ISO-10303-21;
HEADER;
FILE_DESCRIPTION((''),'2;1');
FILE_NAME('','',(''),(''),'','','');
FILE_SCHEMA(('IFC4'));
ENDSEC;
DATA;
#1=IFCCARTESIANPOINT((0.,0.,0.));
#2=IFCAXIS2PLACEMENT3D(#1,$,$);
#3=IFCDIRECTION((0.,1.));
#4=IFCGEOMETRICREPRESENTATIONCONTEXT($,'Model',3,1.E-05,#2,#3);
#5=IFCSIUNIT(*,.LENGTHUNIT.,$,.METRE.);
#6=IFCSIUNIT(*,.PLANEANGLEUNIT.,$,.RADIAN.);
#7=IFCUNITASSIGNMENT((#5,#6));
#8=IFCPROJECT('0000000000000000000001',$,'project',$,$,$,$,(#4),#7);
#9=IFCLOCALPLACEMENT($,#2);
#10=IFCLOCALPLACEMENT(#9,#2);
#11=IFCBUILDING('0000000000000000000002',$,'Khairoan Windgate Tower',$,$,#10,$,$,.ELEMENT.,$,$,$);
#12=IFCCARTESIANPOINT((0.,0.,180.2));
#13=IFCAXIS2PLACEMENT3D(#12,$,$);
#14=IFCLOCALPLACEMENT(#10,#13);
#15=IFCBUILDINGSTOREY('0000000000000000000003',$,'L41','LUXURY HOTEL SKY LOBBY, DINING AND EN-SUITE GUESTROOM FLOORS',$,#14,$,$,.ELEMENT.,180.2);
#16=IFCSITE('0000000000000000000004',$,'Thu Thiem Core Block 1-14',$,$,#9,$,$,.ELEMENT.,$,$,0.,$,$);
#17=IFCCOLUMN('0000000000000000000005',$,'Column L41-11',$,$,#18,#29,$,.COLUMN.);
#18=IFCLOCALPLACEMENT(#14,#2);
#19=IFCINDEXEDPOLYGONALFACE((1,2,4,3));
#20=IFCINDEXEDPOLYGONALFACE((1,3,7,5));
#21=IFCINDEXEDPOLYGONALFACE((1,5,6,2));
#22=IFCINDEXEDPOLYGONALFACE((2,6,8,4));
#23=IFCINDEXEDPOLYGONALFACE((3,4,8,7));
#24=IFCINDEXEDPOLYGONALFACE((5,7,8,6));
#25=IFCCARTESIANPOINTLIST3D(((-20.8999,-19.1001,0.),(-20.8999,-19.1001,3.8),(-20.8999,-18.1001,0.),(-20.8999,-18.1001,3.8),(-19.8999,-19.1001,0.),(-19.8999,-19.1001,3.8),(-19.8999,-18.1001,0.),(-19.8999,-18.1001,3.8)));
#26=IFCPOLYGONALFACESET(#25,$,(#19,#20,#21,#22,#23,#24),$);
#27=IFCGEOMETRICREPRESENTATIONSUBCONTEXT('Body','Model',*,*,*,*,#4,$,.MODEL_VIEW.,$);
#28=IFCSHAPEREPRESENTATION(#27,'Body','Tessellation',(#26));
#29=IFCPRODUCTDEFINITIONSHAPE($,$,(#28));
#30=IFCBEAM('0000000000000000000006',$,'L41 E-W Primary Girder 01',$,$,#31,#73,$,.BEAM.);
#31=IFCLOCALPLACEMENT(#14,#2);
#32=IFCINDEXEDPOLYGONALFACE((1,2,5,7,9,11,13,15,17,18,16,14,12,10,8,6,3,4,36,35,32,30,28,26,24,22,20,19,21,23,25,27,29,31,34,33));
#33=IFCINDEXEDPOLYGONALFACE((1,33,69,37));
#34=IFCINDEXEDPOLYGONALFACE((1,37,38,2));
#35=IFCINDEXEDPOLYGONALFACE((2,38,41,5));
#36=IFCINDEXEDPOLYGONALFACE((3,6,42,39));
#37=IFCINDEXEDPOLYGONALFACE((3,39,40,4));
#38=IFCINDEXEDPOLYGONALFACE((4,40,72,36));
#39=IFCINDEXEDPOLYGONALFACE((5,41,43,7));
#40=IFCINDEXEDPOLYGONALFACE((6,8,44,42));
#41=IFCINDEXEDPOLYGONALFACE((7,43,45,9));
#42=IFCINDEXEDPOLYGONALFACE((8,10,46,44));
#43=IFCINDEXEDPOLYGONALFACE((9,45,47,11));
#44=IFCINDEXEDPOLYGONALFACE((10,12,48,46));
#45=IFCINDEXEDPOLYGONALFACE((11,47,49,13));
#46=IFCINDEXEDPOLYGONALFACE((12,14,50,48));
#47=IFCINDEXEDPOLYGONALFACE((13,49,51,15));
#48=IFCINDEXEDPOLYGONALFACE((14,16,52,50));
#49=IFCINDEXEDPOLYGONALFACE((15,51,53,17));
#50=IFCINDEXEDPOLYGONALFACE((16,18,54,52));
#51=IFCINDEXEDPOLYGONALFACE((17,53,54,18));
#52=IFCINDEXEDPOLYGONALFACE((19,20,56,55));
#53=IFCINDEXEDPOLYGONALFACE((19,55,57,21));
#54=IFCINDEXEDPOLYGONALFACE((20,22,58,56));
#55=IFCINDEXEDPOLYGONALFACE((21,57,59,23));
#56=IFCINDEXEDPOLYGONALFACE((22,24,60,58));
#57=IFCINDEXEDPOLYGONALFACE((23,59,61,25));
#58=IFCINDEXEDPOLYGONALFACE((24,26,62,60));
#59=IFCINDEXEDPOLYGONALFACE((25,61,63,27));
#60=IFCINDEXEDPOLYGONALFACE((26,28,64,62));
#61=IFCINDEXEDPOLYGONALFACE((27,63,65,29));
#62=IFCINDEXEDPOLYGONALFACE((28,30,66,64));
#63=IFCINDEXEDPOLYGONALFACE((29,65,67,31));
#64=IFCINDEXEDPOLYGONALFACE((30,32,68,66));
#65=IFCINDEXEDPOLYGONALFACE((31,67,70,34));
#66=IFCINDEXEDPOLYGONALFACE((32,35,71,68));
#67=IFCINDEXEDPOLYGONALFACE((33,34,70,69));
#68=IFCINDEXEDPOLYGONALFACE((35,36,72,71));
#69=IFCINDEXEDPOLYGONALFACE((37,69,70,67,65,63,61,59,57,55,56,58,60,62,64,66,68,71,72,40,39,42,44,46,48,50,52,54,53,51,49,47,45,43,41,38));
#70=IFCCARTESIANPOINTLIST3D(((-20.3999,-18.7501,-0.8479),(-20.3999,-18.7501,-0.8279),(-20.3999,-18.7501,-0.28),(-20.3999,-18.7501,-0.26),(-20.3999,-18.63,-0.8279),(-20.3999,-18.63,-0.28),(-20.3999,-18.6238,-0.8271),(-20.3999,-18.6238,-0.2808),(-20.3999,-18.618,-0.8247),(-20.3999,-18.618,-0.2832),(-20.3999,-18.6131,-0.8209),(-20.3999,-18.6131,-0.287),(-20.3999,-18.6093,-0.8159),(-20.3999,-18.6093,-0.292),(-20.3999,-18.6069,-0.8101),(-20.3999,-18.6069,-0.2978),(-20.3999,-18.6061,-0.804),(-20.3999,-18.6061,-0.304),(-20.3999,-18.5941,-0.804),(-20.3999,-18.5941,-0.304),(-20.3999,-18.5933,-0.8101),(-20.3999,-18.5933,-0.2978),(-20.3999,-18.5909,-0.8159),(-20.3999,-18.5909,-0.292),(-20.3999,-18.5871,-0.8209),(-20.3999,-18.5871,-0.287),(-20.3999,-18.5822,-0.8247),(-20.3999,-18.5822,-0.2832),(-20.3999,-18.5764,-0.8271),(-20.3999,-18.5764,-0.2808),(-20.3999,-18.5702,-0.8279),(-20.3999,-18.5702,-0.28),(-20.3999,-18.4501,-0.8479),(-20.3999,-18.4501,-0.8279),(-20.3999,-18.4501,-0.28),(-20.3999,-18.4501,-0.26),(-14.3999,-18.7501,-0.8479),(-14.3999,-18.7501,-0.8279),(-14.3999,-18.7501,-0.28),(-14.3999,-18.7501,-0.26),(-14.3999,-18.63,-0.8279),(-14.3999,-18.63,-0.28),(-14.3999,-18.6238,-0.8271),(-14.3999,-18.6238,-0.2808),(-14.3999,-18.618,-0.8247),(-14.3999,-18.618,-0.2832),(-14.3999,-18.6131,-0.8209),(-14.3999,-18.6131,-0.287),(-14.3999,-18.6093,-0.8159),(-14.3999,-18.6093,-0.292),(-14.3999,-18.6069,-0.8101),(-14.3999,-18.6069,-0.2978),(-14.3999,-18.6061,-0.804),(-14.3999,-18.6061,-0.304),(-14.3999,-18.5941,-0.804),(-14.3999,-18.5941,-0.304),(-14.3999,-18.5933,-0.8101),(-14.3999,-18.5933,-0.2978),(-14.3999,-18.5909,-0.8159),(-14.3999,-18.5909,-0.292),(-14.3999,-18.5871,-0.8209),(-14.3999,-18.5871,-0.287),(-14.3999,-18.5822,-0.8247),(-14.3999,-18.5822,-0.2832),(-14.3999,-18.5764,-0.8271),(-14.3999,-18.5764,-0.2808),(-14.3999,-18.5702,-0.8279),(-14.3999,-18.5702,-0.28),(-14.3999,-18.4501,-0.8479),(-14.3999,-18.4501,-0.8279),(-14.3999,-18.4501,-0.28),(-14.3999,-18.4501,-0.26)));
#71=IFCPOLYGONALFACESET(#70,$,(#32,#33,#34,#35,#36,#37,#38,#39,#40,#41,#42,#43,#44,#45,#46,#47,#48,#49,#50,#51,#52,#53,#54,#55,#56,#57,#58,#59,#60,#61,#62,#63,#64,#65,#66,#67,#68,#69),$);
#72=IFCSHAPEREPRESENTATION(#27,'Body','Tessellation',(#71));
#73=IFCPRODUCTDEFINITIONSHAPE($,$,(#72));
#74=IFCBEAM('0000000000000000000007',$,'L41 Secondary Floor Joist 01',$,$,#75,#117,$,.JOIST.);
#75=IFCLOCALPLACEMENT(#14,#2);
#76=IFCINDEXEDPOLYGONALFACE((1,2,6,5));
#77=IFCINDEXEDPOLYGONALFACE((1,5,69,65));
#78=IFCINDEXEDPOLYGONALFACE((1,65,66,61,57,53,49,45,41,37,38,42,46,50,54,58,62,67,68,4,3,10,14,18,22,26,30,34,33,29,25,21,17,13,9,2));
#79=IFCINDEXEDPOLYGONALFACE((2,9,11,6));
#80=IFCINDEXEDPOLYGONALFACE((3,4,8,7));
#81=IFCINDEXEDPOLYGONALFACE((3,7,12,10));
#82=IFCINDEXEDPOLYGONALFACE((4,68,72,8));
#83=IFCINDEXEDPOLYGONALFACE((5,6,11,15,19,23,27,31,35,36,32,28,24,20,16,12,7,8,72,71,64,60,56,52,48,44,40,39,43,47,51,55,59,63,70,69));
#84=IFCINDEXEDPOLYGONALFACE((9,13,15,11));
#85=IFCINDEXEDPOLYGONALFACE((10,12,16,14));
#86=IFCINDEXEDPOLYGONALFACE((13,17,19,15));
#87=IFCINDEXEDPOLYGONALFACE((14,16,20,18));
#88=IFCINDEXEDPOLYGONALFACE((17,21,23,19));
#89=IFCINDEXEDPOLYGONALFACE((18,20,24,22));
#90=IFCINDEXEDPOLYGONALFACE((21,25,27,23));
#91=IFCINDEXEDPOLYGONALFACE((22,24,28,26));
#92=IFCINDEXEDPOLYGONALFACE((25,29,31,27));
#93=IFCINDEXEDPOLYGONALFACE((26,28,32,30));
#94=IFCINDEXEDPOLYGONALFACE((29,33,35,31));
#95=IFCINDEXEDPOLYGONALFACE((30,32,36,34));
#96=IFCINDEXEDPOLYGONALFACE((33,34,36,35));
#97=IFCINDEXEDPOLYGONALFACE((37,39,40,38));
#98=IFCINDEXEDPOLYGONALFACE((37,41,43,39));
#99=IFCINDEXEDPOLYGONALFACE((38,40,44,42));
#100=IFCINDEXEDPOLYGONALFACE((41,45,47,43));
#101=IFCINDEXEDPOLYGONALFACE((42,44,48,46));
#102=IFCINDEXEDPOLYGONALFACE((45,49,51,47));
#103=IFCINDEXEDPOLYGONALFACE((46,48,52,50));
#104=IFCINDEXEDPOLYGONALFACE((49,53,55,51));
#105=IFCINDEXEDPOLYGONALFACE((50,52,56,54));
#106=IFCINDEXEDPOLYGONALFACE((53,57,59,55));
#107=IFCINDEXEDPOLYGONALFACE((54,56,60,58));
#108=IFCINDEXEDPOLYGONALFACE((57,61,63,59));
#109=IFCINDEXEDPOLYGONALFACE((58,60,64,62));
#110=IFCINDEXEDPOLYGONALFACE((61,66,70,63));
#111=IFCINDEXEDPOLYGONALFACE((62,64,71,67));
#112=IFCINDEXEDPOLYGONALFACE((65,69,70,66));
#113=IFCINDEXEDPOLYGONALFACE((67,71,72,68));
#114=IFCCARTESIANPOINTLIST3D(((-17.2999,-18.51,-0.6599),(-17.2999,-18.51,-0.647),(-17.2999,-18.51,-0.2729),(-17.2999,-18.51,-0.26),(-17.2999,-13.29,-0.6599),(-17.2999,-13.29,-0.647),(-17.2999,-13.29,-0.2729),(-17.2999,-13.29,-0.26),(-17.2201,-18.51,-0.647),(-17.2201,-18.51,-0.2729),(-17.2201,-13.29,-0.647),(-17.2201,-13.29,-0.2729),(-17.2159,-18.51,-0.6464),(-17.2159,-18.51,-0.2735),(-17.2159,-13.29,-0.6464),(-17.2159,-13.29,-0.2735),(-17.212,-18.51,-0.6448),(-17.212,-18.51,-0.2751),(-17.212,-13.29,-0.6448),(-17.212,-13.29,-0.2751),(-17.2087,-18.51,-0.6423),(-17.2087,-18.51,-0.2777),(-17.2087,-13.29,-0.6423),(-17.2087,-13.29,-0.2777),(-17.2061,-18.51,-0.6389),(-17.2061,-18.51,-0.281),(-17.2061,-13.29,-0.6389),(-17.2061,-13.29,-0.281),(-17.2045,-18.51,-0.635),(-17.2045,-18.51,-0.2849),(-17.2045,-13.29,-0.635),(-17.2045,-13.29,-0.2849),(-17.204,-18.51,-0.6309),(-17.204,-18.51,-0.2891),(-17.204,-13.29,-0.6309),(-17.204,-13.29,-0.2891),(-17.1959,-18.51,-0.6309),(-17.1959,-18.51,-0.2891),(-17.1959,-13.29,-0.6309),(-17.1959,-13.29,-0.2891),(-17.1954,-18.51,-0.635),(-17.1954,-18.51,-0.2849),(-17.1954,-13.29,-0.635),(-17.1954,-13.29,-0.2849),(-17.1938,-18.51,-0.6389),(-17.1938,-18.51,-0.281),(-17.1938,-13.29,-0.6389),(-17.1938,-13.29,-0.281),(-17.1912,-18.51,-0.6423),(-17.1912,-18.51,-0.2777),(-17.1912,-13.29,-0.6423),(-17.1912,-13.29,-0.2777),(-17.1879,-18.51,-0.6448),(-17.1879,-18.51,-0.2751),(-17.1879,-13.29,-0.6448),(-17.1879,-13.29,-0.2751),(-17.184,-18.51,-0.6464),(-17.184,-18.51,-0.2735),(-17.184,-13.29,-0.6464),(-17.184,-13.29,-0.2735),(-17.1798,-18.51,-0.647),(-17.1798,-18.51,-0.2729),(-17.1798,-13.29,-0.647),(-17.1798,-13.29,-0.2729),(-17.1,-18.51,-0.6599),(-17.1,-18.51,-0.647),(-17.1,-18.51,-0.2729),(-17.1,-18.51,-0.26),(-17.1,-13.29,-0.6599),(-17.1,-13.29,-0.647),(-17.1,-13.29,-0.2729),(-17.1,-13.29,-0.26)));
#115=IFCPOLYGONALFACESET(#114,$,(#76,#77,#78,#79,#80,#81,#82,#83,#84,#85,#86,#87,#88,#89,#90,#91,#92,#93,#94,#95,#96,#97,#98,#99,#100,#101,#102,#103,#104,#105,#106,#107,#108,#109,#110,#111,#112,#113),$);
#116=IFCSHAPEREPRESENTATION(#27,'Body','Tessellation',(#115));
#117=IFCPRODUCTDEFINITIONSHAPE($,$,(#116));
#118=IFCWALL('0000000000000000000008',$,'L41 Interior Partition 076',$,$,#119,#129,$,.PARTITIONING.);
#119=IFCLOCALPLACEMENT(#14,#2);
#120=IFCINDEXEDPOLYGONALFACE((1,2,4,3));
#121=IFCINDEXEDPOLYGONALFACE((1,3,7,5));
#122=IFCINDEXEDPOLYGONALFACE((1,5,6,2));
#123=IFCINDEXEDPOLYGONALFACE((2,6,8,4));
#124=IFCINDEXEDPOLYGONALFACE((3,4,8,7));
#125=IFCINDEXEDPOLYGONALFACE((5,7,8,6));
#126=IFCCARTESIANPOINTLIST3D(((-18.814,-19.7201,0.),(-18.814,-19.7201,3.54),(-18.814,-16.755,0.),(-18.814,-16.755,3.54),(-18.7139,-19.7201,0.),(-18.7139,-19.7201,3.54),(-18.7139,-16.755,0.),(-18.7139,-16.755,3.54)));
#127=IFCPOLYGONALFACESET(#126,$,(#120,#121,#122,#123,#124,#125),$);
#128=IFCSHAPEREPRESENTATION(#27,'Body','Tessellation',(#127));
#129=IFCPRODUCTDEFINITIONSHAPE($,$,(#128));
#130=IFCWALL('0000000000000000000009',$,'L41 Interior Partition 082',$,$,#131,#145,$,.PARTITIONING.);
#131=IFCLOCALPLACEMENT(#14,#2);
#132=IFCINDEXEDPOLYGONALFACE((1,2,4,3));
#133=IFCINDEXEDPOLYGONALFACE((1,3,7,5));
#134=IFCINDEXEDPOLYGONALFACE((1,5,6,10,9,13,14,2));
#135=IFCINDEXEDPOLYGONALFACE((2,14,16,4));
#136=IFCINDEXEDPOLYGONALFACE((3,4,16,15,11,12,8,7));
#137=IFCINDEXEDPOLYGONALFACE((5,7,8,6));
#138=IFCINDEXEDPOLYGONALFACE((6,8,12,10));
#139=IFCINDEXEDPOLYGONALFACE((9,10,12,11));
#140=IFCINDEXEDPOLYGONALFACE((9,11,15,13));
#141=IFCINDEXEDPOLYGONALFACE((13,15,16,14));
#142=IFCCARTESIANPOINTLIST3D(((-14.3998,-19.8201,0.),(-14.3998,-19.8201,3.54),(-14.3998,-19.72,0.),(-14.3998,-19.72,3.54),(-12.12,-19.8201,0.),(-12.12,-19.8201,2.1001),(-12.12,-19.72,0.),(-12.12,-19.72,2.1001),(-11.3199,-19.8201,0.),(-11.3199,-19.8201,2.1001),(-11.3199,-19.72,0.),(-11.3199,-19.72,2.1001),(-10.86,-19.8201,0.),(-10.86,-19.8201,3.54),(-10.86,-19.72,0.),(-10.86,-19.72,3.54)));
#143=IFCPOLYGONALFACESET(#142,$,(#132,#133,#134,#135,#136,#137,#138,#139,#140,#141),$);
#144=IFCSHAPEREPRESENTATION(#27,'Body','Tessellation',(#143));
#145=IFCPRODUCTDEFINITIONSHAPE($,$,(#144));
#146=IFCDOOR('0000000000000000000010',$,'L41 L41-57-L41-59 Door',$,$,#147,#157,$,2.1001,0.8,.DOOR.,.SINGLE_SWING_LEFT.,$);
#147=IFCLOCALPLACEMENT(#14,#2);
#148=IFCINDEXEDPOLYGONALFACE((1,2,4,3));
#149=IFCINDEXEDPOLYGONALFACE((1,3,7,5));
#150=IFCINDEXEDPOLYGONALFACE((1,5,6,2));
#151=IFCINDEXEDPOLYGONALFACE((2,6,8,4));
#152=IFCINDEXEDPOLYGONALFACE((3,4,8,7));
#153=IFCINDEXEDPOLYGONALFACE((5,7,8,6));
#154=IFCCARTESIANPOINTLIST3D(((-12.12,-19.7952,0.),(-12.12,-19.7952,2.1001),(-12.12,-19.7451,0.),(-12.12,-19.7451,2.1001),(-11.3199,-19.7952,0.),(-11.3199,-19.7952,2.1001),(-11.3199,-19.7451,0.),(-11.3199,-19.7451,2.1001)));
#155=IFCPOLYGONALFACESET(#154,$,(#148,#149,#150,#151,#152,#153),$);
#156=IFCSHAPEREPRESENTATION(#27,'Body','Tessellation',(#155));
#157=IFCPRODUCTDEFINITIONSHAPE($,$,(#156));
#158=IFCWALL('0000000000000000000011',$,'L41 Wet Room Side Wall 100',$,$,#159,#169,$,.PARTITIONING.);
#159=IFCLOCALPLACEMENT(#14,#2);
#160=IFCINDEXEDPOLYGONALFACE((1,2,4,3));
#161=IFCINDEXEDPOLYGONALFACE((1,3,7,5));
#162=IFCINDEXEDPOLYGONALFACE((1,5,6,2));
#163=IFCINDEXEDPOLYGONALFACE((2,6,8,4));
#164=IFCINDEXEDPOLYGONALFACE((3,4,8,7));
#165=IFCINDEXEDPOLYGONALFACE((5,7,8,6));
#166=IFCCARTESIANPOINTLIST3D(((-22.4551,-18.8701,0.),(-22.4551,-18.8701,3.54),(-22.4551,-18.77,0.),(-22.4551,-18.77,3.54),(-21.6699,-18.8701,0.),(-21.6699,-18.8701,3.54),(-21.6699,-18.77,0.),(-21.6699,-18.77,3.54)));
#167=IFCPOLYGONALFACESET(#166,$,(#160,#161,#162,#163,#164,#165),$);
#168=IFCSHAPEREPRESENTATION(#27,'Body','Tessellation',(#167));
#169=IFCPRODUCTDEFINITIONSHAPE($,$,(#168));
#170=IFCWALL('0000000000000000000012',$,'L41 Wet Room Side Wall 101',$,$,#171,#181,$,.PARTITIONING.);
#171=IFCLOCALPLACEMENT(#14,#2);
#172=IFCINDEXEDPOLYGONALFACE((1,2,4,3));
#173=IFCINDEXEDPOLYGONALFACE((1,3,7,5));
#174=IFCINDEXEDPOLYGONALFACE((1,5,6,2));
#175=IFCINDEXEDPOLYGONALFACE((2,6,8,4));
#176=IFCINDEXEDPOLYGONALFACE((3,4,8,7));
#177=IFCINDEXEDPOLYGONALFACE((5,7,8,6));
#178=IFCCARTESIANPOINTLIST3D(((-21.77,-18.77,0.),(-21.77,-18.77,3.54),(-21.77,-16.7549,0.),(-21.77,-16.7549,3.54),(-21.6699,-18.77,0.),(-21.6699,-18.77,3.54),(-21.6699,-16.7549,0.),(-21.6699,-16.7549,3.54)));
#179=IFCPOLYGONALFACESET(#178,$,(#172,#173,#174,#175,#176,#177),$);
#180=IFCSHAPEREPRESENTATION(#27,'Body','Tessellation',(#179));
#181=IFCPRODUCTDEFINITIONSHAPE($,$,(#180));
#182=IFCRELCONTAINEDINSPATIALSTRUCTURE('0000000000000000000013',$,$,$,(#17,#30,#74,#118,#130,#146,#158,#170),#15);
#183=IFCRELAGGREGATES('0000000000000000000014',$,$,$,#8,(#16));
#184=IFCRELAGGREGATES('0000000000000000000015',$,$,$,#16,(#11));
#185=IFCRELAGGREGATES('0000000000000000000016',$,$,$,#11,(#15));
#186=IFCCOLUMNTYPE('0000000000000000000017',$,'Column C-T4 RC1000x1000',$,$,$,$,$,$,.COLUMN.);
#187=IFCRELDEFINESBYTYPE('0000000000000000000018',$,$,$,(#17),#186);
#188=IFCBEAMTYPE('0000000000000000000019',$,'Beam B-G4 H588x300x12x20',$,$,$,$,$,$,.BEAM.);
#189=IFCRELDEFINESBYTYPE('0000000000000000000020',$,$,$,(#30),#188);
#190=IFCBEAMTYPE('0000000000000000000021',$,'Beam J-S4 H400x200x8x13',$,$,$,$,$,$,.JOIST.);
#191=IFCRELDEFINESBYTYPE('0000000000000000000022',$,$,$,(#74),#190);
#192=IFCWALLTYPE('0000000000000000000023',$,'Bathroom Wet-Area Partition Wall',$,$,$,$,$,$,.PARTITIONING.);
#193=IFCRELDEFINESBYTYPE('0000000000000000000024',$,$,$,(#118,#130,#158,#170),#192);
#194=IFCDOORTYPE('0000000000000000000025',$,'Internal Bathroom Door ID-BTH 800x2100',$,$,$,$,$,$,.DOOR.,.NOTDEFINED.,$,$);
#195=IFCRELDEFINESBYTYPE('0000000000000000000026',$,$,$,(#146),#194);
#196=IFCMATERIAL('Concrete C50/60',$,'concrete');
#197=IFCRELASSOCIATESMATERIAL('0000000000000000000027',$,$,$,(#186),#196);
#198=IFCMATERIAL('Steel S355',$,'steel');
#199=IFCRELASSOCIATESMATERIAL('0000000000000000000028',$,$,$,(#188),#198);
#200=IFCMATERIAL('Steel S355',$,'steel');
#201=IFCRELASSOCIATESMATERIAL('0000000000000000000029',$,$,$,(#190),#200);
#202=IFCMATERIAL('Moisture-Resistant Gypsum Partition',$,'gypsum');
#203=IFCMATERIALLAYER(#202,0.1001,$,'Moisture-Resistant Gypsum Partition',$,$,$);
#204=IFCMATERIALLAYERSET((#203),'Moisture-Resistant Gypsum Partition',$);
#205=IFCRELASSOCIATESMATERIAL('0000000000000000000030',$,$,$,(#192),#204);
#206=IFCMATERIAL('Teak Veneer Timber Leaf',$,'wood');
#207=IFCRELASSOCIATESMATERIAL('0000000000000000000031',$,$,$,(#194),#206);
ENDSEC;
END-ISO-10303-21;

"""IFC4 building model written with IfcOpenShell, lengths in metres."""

from ifc_helpers import new_model, si_unit, direction, frame, frame_2d, origin, origin_2d, place, context, subcontext, project, spatial, rectangle, i_section, extrude, material, layer, layer_set, material_profile, profile_set, type_object, element, fill, save


model = new_model("IFC4")

# Units and contexts
model_context = context("Model", 3, precision=1e-05, world=origin(), true_north=direction((0.0, 1.0)))
body_context = subcontext(model_context, "Body", "Model", "MODEL_VIEW")
ifc_project = project(units=[si_unit("LENGTHUNIT", "METRE"), si_unit("PLANEANGLEUNIT", "RADIAN")], contexts=[model_context])

# Site, building, storey
site_placement = place(None, origin())
site = spatial("IfcSite", under=ifc_project, at=site_placement, Name="Thu Thiem Core Block 1-14", CompositionType="ELEMENT", RefElevation=0.0)
building_placement = place(site_placement, origin())
building = spatial("IfcBuilding", under=site, at=building_placement, Name="Khairoan Windgate Tower", CompositionType="ELEMENT")
storey_placement = place(building_placement, frame((0.0, 0.0, 180.2)))
storey = spatial("IfcBuildingStorey", under=building, at=storey_placement, Name="L41", Description="LUXURY HOTEL SKY LOBBY, DINING AND EN-SUITE GUESTROOM FLOORS", CompositionType="ELEMENT", Elevation=180.2)

# Column
ifc_material_1 = material(Name="Concrete C50/60", Category="concrete")
ifc_material_profile_1 = material_profile(ifc_material_1, rectangle(XDim=1.0, YDim=1.0, at=origin_2d()))
ifc_profile_set_1 = profile_set([ifc_material_profile_1], Name="Concrete C50/60")
column_type = type_object("IfcColumnType", Name="Column C-T4 RC1000x1000", PredefinedType="COLUMN", material=ifc_profile_set_1)
column_placement = place(storey_placement, frame((-20.3999, -18.6001, 0.0), z_axis=(0.0, 0.0, 1.0), x_axis=(1.0, 0.0, 0.0)))
element("IfcColumn", 1, at=column_placement, inside=storey, type_object=column_type, Name="Column L41-11", PredefinedType="COLUMN", context=body_context, shape_type="SweptSolid", body=[
    extrude(rectangle(XDim=1.0, YDim=1.0, at=origin_2d()), origin(), (0.0, 0.0, 1.0), 3.8),
])

# Beams
ifc_material_2 = material(Name="Steel S355", Category="steel")
ifc_material_profile_2 = material_profile(ifc_material_2, i_section(OverallWidth=0.3, OverallDepth=0.5879, WebThickness=0.012, FlangeThickness=0.02, FilletRadius=0.0239, at=origin_2d()))
ifc_profile_set_2 = profile_set([ifc_material_profile_2], Name="Steel S355")
beam_type_1 = type_object("IfcBeamType", Name="Beam B-G4 H588x300x12x20", PredefinedType="BEAM", material=ifc_profile_set_2)
beam_1_placement = place(storey_placement, frame((-20.3999, -18.6001, -0.554), z_axis=(1.0, 0.0, 0.0), x_axis=(0.0, 1.0, 0.0)))
element("IfcBeam", 2, at=beam_1_placement, inside=storey, type_object=beam_type_1, Name="L41 E-W Primary Girder 01", PredefinedType="BEAM", context=body_context, shape_type="SweptSolid", body=[
    extrude(i_section(OverallWidth=0.3, OverallDepth=0.5879, WebThickness=0.012, FlangeThickness=0.02, FilletRadius=0.0239, at=origin_2d()), origin(), (0.0, 0.0, 1.0), 6.0),
])
ifc_material_3 = material(Name="Steel S355", Category="steel")
ifc_material_profile_3 = material_profile(ifc_material_3, i_section(OverallWidth=0.2, OverallDepth=0.3999, WebThickness=0.0081, FlangeThickness=0.0129, FilletRadius=0.0161, at=origin_2d()))
ifc_profile_set_3 = profile_set([ifc_material_profile_3], Name="Steel S355")
beam_type_2 = type_object("IfcBeamType", Name="Beam J-S4 H400x200x8x13", PredefinedType="JOIST", material=ifc_profile_set_3)
beam_2_placement = place(storey_placement, frame((-17.2, -18.51, -0.46), z_axis=(0.0, 1.0, 0.0), x_axis=(-1.0, 0.0, 0.0)))
element("IfcBeam", 3, at=beam_2_placement, inside=storey, type_object=beam_type_2, Name="L41 Secondary Floor Joist 01", PredefinedType="JOIST", context=body_context, shape_type="SweptSolid", body=[
    extrude(i_section(OverallWidth=0.2, OverallDepth=0.3999, WebThickness=0.0081, FlangeThickness=0.0129, FilletRadius=0.0161, at=origin_2d()), origin(), (0.0, 0.0, 1.0), 5.22),
])

# Wall
ifc_material_4 = material(Name="Moisture-Resistant Gypsum Partition", Category="gypsum")
ifc_layer_1 = layer(ifc_material_4, 0.1001, Name="Moisture-Resistant Gypsum Partition")
ifc_layer_set_1 = layer_set([ifc_layer_1], Name="Moisture-Resistant Gypsum Partition")
wall_type_1 = type_object("IfcWallType", Name="Bathroom Wet-Area Partition Wall", PredefinedType="PARTITIONING", material=ifc_layer_set_1)
wall_1_placement = place(storey_placement, frame((-18.7639, -19.72, 0.0), z_axis=(0.0, 0.0, 1.0), x_axis=(0.0, 1.0, 0.0)))
element("IfcWall", 4, at=wall_1_placement, inside=storey, type_object=wall_type_1, Name="L41 Interior Partition 076", PredefinedType="PARTITIONING", context=body_context, shape_type="SweptSolid", body=[
    extrude(rectangle(XDim=2.9651, YDim=0.1001, at=frame_2d((1.4824, 0.0))), origin(), (0.0, 0.0, 1.0), 3.54),
])

# Wall, opening, door
wall_2_placement = place(storey_placement, frame((-14.3999, -19.77, 0.0), z_axis=(0.0, 0.0, 1.0), x_axis=(1.0, 0.0, 0.0)))
wall_2 = element("IfcWall", 5, at=wall_2_placement, inside=storey, type_object=wall_type_1, Name="L41 Interior Partition 082", PredefinedType="PARTITIONING", context=body_context, shape_type="SweptSolid", body=[
    extrude(rectangle(XDim=3.5398, YDim=0.1001, at=frame_2d((1.77, 0.0))), origin(), (0.0, 0.0, 1.0), 3.54),
])
opening_1_placement = place(wall_2_placement, frame((2.28, 0.0, 0.0)))
opening_1 = element("IfcOpeningElement", 6, at=opening_1_placement, cuts=wall_2, PredefinedType="OPENING", context=body_context, shape_type="SweptSolid", body=[
    extrude(rectangle(XDim=0.8, YDim=2.1001, at=frame_2d((0.3999, 1.05))), frame((0.0, 0.0601, 0.0), z_axis=(0.0, -1.0, 0.0), x_axis=(1.0, 0.0, 0.0)), (0.0, 0.0, 1.0), 0.1201),
])
ifc_material_5 = material(Name="Teak Veneer Timber Leaf", Category="wood")
door_type_1 = type_object("IfcDoorType", Name="Internal Bathroom Door ID-BTH 800x2100", OperationType="NOTDEFINED", PredefinedType="DOOR", material=ifc_material_5)
door_1_placement = place(opening_1_placement, origin())
door_1 = element("IfcDoor", 7, at=door_1_placement, inside=storey, type_object=door_type_1, Name="L41 L41-57-L41-59 Door", OperationType="SINGLE_SWING_LEFT", OverallHeight=2.1001, OverallWidth=0.8, PredefinedType="DOOR", context=body_context, shape_type="SweptSolid", body=[
    extrude(rectangle(XDim=0.8, YDim=2.1001, at=frame_2d((0.3999, 1.05))), frame((0.0, 0.0249, 0.0), z_axis=(0.0, -1.0, 0.0), x_axis=(1.0, 0.0, 0.0)), (0.0, 0.0, 1.0), 0.05),
])
fill(opening_1, door_1)

# Walls
wall_3_placement = place(storey_placement, frame((-21.6699, -18.8201, 0.0), z_axis=(0.0, 0.0, 1.0), x_axis=(-1.0, 0.0, 0.0)))
element("IfcWall", 8, at=wall_3_placement, inside=storey, type_object=wall_type_1, Name="L41 Wet Room Side Wall 100", PredefinedType="PARTITIONING", context=body_context, shape_type="SweptSolid", body=[
    extrude(rectangle(XDim=0.7852, YDim=0.1001, at=frame_2d((0.3926, 0.0))), origin(), (0.0, 0.0, 1.0), 3.54),
])
wall_4_placement = place(storey_placement, frame((-21.72, -18.77, 0.0), z_axis=(0.0, 0.0, 1.0), x_axis=(0.0, 1.0, 0.0)))
element("IfcWall", 9, at=wall_4_placement, inside=storey, type_object=wall_type_1, Name="L41 Wet Room Side Wall 101", PredefinedType="PARTITIONING", context=body_context, shape_type="SweptSolid", body=[
    extrude(rectangle(XDim=2.0151, YDim=0.1001, at=frame_2d((1.0076, 0.0))), origin(), (0.0, 0.0, 1.0), 3.54),
])

save(model, "model.ifc")
